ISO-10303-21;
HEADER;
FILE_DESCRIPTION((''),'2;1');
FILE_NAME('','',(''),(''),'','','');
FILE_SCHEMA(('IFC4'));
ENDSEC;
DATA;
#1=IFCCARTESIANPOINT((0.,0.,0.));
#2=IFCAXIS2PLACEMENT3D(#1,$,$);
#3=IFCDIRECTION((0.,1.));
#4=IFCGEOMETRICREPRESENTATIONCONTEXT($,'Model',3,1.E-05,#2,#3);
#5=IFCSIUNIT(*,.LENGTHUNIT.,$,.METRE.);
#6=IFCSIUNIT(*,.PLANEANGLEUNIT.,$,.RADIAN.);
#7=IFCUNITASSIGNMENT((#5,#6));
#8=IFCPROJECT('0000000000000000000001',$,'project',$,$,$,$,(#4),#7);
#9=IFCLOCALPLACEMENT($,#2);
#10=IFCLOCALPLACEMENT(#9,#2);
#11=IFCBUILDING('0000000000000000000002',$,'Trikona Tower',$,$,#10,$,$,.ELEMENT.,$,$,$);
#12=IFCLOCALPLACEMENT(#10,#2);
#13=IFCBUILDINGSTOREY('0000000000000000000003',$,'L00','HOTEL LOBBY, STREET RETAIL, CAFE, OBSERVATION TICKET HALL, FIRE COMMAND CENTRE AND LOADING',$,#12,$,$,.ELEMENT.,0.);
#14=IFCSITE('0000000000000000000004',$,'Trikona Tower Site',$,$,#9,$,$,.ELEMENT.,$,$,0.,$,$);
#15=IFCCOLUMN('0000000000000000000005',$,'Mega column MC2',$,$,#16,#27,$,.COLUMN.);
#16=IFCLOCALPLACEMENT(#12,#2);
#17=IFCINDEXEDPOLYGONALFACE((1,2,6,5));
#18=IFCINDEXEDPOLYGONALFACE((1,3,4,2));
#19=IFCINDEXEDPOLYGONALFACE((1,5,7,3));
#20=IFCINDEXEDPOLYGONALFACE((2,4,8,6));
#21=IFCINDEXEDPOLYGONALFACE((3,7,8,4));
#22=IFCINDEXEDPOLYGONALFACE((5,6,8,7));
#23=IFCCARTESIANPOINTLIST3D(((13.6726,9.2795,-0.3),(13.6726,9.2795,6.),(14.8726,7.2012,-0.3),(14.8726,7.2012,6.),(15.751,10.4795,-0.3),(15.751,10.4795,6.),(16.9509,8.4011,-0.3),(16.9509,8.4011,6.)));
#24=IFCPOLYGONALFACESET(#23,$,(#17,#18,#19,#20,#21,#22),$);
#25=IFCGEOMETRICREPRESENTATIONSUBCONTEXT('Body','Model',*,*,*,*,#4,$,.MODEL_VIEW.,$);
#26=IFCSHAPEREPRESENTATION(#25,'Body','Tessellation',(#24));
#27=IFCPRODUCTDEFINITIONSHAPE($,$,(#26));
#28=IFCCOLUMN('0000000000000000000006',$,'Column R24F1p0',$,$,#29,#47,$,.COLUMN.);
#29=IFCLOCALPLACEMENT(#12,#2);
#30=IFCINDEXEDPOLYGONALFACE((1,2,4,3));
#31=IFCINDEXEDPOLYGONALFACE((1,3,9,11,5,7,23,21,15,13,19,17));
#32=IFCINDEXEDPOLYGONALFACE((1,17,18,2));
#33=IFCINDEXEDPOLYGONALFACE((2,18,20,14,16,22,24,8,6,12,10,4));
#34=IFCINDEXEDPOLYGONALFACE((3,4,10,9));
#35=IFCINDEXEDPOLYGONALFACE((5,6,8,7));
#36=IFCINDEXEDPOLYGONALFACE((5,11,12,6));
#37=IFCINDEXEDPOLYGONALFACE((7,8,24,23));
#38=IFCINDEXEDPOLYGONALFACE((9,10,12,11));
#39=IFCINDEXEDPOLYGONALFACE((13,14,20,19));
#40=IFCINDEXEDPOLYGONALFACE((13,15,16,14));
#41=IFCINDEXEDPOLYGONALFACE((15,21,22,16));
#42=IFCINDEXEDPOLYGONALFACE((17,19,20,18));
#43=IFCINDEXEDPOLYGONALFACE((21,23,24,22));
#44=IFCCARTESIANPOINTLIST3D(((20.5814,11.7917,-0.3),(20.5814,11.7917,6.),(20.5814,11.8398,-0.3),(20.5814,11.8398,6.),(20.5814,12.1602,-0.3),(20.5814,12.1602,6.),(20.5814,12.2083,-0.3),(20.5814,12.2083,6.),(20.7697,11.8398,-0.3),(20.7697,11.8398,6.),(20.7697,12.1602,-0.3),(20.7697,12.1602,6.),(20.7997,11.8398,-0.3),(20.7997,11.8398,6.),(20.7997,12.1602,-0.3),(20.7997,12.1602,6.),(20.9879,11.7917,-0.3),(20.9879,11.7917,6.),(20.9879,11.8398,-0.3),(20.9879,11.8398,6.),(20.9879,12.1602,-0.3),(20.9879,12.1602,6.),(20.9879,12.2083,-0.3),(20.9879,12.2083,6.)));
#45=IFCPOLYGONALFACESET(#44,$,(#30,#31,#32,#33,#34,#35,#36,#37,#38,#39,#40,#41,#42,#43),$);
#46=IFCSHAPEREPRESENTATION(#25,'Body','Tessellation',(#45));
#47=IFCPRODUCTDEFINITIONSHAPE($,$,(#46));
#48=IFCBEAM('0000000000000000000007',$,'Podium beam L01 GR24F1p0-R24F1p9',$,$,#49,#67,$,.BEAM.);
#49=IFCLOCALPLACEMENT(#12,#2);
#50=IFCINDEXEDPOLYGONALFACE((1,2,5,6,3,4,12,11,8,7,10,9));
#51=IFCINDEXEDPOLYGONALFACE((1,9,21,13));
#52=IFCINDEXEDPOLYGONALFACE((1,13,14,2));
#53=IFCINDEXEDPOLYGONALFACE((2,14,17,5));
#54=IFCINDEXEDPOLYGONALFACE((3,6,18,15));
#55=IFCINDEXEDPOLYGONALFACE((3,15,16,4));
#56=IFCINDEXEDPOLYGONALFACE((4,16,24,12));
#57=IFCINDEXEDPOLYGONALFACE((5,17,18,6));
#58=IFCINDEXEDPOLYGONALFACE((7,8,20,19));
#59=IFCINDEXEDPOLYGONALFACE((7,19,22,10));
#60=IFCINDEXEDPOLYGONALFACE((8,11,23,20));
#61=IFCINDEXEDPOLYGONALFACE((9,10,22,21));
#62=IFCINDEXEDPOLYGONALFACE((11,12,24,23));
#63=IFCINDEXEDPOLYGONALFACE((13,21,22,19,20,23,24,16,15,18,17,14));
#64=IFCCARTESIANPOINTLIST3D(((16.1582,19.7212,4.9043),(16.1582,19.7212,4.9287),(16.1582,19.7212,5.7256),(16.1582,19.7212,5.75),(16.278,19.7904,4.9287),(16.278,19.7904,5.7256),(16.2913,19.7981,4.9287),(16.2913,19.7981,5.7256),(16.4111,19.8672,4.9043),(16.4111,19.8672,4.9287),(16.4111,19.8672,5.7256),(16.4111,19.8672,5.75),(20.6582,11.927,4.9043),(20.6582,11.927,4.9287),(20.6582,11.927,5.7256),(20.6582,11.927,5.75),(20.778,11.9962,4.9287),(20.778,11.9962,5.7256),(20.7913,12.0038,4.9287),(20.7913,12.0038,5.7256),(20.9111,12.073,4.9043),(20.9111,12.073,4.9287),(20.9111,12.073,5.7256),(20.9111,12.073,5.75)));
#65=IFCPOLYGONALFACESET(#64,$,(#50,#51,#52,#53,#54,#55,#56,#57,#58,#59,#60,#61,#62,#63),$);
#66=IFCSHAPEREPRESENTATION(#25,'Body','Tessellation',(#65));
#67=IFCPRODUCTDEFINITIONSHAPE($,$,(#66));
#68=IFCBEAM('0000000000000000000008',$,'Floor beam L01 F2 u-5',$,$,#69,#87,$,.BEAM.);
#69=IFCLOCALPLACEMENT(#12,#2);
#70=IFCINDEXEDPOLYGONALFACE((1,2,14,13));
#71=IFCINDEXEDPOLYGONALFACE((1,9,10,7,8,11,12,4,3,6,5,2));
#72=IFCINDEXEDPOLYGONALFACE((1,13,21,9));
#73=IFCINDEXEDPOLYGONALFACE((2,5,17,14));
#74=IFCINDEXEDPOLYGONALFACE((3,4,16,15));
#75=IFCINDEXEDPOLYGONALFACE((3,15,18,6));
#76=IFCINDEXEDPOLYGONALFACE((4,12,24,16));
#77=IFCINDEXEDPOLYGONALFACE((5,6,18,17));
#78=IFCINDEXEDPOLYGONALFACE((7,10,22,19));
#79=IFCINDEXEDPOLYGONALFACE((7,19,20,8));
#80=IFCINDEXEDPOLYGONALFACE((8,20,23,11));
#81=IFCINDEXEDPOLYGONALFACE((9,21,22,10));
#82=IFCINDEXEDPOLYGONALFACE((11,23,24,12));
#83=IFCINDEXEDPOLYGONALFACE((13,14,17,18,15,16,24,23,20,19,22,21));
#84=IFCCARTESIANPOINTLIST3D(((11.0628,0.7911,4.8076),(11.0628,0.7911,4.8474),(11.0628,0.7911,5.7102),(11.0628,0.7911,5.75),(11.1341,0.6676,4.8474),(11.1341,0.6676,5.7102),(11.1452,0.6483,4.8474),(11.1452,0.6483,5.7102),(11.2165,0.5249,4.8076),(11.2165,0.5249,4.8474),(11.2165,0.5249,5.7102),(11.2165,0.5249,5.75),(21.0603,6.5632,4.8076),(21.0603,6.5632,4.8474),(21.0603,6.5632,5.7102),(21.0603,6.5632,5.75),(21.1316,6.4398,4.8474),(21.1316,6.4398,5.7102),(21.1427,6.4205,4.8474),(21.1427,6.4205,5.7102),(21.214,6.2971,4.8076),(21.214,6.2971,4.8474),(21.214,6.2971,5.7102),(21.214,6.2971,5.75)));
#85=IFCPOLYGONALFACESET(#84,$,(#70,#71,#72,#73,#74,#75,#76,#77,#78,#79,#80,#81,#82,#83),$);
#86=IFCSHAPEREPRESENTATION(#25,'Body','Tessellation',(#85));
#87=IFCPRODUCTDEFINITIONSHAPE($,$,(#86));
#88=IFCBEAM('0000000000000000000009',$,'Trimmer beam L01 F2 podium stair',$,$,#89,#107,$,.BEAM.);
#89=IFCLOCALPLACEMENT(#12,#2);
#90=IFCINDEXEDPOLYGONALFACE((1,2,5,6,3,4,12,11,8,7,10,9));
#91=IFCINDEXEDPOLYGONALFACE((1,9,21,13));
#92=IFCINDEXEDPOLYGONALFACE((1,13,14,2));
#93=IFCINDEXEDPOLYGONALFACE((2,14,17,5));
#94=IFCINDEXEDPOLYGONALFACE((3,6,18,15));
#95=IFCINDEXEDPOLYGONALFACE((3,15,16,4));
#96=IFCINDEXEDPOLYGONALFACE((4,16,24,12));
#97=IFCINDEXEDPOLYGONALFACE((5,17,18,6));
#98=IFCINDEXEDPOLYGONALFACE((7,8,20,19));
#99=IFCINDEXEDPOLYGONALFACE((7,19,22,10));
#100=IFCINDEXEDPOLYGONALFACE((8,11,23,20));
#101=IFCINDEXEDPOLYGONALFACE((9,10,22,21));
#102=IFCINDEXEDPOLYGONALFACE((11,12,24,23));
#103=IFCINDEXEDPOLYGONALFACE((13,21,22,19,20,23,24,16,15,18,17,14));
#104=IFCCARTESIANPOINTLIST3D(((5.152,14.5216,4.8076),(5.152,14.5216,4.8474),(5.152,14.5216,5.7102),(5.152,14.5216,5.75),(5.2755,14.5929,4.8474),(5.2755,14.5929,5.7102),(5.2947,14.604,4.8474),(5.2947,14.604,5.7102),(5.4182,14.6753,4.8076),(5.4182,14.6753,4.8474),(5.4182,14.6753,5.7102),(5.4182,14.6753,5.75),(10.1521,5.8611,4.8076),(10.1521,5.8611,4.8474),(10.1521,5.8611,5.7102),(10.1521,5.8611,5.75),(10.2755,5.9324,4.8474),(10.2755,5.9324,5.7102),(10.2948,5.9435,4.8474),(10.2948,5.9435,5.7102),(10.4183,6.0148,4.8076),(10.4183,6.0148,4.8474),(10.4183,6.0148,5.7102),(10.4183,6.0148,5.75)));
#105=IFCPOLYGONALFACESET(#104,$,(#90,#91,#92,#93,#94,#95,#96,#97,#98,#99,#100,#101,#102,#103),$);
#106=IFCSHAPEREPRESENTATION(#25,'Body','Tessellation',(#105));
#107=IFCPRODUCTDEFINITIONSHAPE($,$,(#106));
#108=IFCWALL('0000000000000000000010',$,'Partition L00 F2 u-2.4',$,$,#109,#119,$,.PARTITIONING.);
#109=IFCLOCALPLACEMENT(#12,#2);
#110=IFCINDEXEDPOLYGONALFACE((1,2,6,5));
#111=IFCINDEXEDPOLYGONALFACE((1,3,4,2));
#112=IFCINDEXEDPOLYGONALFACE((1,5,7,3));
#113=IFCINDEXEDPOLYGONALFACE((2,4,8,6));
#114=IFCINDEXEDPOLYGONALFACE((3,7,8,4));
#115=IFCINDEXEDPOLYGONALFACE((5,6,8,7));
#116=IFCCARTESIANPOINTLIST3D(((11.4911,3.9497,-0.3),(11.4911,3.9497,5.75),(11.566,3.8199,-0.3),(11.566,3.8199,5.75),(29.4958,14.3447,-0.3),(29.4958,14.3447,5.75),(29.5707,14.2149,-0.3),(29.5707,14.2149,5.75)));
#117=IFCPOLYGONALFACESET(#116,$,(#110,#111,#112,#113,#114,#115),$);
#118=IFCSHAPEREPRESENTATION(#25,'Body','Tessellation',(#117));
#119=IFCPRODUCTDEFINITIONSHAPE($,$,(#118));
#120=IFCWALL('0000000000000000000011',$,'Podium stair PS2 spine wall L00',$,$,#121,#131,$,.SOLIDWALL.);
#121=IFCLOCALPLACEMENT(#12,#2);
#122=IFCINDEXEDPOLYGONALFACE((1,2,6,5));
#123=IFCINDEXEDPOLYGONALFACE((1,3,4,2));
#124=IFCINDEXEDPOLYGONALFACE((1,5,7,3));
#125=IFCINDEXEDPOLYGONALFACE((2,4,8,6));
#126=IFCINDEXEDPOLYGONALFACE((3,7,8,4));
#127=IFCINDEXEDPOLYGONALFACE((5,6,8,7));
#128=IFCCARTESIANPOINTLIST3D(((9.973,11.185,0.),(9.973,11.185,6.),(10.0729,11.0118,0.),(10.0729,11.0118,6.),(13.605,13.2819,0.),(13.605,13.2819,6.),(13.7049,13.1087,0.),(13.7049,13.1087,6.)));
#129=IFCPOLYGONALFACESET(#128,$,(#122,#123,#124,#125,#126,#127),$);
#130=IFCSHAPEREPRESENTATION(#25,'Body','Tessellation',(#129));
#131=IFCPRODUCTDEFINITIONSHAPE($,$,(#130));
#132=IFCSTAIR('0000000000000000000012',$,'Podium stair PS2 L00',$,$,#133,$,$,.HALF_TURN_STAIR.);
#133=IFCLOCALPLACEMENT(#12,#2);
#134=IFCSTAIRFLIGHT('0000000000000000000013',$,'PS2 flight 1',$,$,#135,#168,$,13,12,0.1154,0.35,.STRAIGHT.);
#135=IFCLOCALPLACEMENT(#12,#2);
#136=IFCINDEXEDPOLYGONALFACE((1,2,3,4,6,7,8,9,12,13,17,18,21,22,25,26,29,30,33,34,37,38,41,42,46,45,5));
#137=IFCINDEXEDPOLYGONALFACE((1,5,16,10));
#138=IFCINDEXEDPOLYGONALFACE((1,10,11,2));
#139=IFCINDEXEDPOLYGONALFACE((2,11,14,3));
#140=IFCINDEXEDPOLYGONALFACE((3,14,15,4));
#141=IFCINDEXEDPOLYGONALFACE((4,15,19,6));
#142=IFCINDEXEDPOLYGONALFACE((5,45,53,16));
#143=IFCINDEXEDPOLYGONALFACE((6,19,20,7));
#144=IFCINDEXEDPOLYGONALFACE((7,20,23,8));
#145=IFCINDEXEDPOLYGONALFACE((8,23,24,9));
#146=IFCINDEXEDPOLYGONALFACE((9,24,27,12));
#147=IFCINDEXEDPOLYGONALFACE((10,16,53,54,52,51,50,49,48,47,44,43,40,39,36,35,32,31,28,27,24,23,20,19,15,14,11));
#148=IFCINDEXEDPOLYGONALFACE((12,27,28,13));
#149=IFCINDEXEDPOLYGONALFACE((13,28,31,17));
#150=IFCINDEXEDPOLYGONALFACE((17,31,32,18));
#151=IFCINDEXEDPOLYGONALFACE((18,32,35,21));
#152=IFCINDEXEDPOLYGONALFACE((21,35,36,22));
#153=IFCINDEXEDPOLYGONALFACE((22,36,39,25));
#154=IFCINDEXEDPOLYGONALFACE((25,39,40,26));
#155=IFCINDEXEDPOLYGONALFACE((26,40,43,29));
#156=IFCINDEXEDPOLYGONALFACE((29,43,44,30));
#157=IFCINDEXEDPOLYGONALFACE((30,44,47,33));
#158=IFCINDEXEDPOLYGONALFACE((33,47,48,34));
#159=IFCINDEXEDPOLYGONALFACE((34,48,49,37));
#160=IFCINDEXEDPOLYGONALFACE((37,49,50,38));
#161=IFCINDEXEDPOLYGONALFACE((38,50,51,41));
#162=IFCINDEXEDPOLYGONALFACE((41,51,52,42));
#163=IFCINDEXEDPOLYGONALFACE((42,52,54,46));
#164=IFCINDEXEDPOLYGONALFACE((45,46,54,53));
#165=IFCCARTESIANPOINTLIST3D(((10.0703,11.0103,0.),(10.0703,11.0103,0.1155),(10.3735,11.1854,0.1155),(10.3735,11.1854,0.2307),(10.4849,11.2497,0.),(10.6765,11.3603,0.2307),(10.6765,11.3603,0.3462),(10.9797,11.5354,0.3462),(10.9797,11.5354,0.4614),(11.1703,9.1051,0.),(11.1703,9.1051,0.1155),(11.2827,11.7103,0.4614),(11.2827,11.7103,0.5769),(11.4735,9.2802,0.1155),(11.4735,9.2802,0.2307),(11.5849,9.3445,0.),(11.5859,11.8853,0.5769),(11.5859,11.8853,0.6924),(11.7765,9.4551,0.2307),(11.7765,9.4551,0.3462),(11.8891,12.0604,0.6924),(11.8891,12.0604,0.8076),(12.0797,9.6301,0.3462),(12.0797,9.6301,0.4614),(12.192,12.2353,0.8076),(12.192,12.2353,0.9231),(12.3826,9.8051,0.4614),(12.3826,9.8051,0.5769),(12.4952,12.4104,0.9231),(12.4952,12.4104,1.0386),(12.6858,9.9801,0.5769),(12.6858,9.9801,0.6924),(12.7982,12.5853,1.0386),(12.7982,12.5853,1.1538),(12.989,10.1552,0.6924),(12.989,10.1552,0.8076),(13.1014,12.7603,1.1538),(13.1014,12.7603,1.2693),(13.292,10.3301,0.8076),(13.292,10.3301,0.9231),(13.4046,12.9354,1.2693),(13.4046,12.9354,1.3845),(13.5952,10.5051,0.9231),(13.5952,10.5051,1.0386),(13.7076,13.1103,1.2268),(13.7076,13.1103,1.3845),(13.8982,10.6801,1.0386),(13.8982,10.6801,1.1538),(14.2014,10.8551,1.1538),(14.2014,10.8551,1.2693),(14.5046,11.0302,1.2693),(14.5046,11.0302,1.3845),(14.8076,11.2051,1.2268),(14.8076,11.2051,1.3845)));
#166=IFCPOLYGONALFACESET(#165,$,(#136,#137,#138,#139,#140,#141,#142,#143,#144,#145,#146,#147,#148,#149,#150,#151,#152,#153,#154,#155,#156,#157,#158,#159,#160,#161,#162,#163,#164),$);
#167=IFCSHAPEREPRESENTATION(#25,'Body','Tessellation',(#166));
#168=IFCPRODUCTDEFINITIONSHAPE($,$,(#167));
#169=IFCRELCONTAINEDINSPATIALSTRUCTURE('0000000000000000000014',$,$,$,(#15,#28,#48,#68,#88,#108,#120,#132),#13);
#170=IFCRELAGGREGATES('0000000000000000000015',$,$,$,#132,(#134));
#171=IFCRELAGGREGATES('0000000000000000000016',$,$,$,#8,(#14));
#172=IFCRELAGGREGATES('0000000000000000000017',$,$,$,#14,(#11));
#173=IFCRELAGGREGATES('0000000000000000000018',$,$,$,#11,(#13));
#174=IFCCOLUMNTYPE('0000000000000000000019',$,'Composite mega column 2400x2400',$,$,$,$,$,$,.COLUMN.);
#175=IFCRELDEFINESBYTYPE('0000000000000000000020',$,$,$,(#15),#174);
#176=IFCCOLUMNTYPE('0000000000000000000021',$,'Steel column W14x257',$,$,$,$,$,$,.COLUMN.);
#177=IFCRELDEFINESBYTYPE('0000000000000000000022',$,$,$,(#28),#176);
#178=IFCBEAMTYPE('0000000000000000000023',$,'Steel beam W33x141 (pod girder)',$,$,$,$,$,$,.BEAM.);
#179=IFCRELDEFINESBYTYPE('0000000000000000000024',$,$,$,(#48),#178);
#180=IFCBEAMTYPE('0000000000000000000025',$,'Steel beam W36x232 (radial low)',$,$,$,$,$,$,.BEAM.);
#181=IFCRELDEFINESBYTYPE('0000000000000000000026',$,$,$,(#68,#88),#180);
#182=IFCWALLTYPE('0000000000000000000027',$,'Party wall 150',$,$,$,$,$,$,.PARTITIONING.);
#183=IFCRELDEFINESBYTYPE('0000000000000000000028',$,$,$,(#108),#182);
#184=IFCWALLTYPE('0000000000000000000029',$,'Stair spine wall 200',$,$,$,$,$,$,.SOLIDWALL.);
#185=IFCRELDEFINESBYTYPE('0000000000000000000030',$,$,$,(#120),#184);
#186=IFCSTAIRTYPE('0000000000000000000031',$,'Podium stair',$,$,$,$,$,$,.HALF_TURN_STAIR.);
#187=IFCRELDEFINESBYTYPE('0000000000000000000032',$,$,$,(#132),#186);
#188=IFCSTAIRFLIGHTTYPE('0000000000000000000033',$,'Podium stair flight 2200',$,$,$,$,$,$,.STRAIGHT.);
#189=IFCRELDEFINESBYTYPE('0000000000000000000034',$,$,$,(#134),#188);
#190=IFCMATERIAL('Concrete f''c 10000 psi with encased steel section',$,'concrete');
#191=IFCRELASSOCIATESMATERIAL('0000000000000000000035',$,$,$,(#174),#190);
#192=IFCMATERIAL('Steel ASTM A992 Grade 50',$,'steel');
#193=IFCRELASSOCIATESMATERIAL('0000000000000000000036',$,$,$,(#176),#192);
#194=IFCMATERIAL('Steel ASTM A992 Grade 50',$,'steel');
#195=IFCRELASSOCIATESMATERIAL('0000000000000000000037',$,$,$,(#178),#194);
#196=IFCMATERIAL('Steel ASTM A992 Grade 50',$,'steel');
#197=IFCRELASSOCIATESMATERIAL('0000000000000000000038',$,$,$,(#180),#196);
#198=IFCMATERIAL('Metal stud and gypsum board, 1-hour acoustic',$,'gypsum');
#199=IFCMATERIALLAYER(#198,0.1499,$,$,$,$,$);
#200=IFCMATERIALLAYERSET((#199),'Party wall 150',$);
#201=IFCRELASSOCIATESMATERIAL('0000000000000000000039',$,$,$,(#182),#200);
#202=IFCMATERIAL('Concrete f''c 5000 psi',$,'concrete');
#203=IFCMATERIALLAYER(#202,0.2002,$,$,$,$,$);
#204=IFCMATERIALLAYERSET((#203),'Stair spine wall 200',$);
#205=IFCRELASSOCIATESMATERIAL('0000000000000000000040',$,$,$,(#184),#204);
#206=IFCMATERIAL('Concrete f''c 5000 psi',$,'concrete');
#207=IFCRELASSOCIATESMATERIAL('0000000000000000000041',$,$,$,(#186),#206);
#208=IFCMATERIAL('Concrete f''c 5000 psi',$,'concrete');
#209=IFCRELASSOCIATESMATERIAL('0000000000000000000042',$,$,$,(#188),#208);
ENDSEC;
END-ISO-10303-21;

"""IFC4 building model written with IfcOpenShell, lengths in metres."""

from ifc_helpers import new_model, si_unit, direction, frame, frame_2d, origin, origin_2d, place, context, subcontext, project, spatial, polyline, rectangle, i_section, outline, extrude, material, layer, layer_set, material_profile, profile_set, type_object, element, aggregate, save


model = new_model("IFC4")

# Units and contexts
model_context = context("Model", 3, precision=1e-05, world=origin(), true_north=direction((0.0, 1.0)))
body_context = subcontext(model_context, "Body", "Model", "MODEL_VIEW")
ifc_project = project(units=[si_unit("LENGTHUNIT", "METRE"), si_unit("PLANEANGLEUNIT", "RADIAN")], contexts=[model_context])

# Site, building, storey
site_placement = place(None, origin())
site = spatial("IfcSite", under=ifc_project, at=site_placement, Name="Trikona Tower Site", CompositionType="ELEMENT", RefElevation=0.0)
building_placement = place(site_placement, origin())
building = spatial("IfcBuilding", under=site, at=building_placement, Name="Trikona Tower", CompositionType="ELEMENT")
storey_placement = place(building_placement, origin())
storey = spatial("IfcBuildingStorey", under=building, at=storey_placement, Name="L00", Description="HOTEL LOBBY, STREET RETAIL, CAFE, OBSERVATION TICKET HALL, FIRE COMMAND CENTRE AND LOADING", CompositionType="ELEMENT", Elevation=0.0)

# Columns
ifc_material_1 = material(Name="Concrete f'c 10000 psi with encased steel section", Category="concrete")
ifc_material_profile_1 = material_profile(ifc_material_1, rectangle(XDim=2.3999, YDim=2.3999, at=origin_2d()), Name="MC2400")
ifc_profile_set_1 = profile_set([ifc_material_profile_1], Name="Concrete f'c 10000 psi with encased steel section")
column_type_1 = type_object("IfcColumnType", Name="Composite mega column 2400x2400", PredefinedType="COLUMN", material=ifc_profile_set_1)
column_1_placement = place(storey_placement, frame((15.3118, 8.8403, -0.3), z_axis=(0.0, 0.0, 1.0), x_axis=(0.866025, 0.5, 0.0)))
element("IfcColumn", 1, at=column_1_placement, inside=storey, type_object=column_type_1, Name="Mega column MC2", PredefinedType="COLUMN", context=body_context, shape_type="SweptSolid", body=[
    extrude(rectangle(XDim=2.3999, YDim=2.3999, at=origin_2d()), origin(), (0.0, 0.0, 1.0), 6.3),
])
ifc_material_2 = material(Name="Steel ASTM A992 Grade 50", Category="steel")
ifc_material_profile_2 = material_profile(ifc_material_2, i_section(OverallWidth=0.4065, OverallDepth=0.4165, WebThickness=0.03, FlangeThickness=0.0481, at=origin_2d()), Name="W14X257")
ifc_profile_set_2 = profile_set([ifc_material_profile_2], Name="Steel ASTM A992 Grade 50")
column_type_2 = type_object("IfcColumnType", Name="Steel column W14x257", PredefinedType="COLUMN", material=ifc_profile_set_2)
column_2_placement = place(storey_placement, frame((20.7847, 12.0, -0.3), z_axis=(0.0, 0.0, 1.0), x_axis=(1.0, 0.0, 0.0)))
element("IfcColumn", 2, at=column_2_placement, inside=storey, type_object=column_type_2, Name="Column R24F1p0", PredefinedType="COLUMN", context=body_context, shape_type="SweptSolid", body=[
    extrude(i_section(OverallWidth=0.4065, OverallDepth=0.4165, WebThickness=0.03, FlangeThickness=0.0481, at=origin_2d()), origin(), (0.0, 0.0, 1.0), 6.3),
])

# Beams
ifc_material_3 = material(Name="Steel ASTM A992 Grade 50", Category="steel")
ifc_material_profile_3 = material_profile(ifc_material_3, i_section(OverallWidth=0.292, OverallDepth=0.8457, WebThickness=0.0154, FlangeThickness=0.0244, at=origin_2d()), Name="W33X141")
ifc_profile_set_3 = profile_set([ifc_material_profile_3], Name="Steel ASTM A992 Grade 50")
beam_type_1 = type_object("IfcBeamType", Name="Steel beam W33x141 (pod girder)", PredefinedType="BEAM", material=ifc_profile_set_3)
beam_1_placement = place(storey_placement, frame((20.7847, 12.0, 5.3271), z_axis=(-0.500002, 0.866024, 0.0), x_axis=(-0.866024, -0.500002, 0.0)))
element("IfcBeam", 3, at=beam_1_placement, inside=storey, type_object=beam_type_1, Name="Podium beam L01 GR24F1p0-R24F1p9", PredefinedType="BEAM", context=body_context, shape_type="SweptSolid", body=[
    extrude(i_section(OverallWidth=0.292, OverallDepth=0.8457, WebThickness=0.0154, FlangeThickness=0.0244, at=origin_2d()), origin(), (0.0, 0.0, 1.0), 9.0),
])
ifc_material_4 = material(Name="Steel ASTM A992 Grade 50", Category="steel")
ifc_material_profile_4 = material_profile(ifc_material_4, i_section(OverallWidth=0.3074, OverallDepth=0.9424, WebThickness=0.0222, FlangeThickness=0.0398, at=origin_2d()), Name="W36X232")
ifc_profile_set_4 = profile_set([ifc_material_profile_4], Name="Steel ASTM A992 Grade 50")
beam_type_2 = type_object("IfcBeamType", Name="Steel beam W36x232 (radial low)", PredefinedType="BEAM", material=ifc_profile_set_4)
beam_2_placement = place(storey_placement, frame((11.1396, 0.658, 5.2788), z_axis=(0.866021, 0.500008, 0.0), x_axis=(-0.500008, 0.866021, 0.0)))
element("IfcBeam", 4, at=beam_2_placement, inside=storey, type_object=beam_type_2, Name="Floor beam L01 F2 u-5", PredefinedType="BEAM", context=body_context, shape_type="SweptSolid", body=[
    extrude(i_section(OverallWidth=0.3074, OverallDepth=0.9424, WebThickness=0.0222, FlangeThickness=0.0398, at=origin_2d()), origin(), (0.0, 0.0, 1.0), 11.5442),
])
beam_3_placement = place(storey_placement, frame((10.2852, 5.938, 5.2788), z_axis=(-0.499994, 0.866029, 0.0), x_axis=(-0.866029, -0.499994, 0.0)))
element("IfcBeam", 5, at=beam_3_placement, inside=storey, type_object=beam_type_2, Name="Trimmer beam L01 F2 podium stair", PredefinedType="BEAM", context=body_context, shape_type="SweptSolid", body=[
    extrude(i_section(OverallWidth=0.3074, OverallDepth=0.9424, WebThickness=0.0222, FlangeThickness=0.0398, at=origin_2d()), origin(), (0.0, 0.0, 1.0), 10.0002),
])

# Walls
ifc_material_5 = material(Name="Metal stud and gypsum board, 1-hour acoustic", Category="gypsum")
ifc_layer_1 = layer(ifc_material_5, 0.1499)
ifc_layer_set_1 = layer_set([ifc_layer_1], Name="Party wall 150")
wall_type_1 = type_object("IfcWallType", Name="Party wall 150", PredefinedType="PARTITIONING", material=ifc_layer_set_1)
wall_1_placement = place(storey_placement, frame((11.5286, 3.8848, -0.3), z_axis=(0.0, 0.0, 1.0), x_axis=(0.866025, 0.500001, 0.0)))
element("IfcWall", 6, at=wall_1_placement, inside=storey, type_object=wall_type_1, Name="Partition L00 F2 u-2.4", PredefinedType="PARTITIONING", context=body_context, shape_type="SweptSolid", body=[
    extrude(rectangle(XDim=20.79, YDim=0.1499, at=frame_2d((10.395, 0.0))), origin(), (0.0, 0.0, 1.0), 6.05),
])
ifc_material_6 = material(Name="Concrete f'c 5000 psi", Category="concrete")
ifc_layer_2 = layer(ifc_material_6, 0.2002)
ifc_layer_set_2 = layer_set([ifc_layer_2], Name="Stair spine wall 200")
wall_type_2 = type_object("IfcWallType", Name="Stair spine wall 200", PredefinedType="SOLIDWALL", material=ifc_layer_set_2)
wall_2_placement = place(storey_placement, frame((10.0229, 11.0984, 0.0), z_axis=(0.0, 0.0, 1.0), x_axis=(0.866031, 0.49999, 0.0)))
element("IfcWall", 7, at=wall_2_placement, inside=storey, type_object=wall_type_2, Name="Podium stair PS2 spine wall L00", PredefinedType="SOLIDWALL", context=body_context, shape_type="SweptSolid", body=[
    extrude(rectangle(XDim=4.1938, YDim=0.2, at=frame_2d((2.0969, 0.0))), origin(), (0.0, 0.0, 1.0), 6.0),
])

# Stair, stair flight
ifc_material_7 = material(Name="Concrete f'c 5000 psi", Category="concrete")
stair_type = type_object("IfcStairType", Name="Podium stair", PredefinedType="HALF_TURN_STAIR", material=ifc_material_7)
stair_placement = place(storey_placement, origin())
stair = element("IfcStair", 8, at=stair_placement, inside=storey, type_object=stair_type, Name="Podium stair PS2 L00", PredefinedType="HALF_TURN_STAIR")
ifc_material_8 = material(Name="Concrete f'c 5000 psi", Category="concrete")
stair_flight_type = type_object("IfcStairFlightType", Name="Podium stair flight 2200", PredefinedType="STRAIGHT", material=ifc_material_8)
stair_flight_1_placement = place(storey_placement, frame((10.6204, 10.0576, 0.0), z_axis=(0.0, 0.0, 1.0), x_axis=(0.866025, 0.5, 0.0)))
stair_flight_1 = element("IfcStairFlight", 9, at=stair_flight_1_placement, type_object=stair_flight_type, Name="PS2 flight 1", NumberOfRisers=13, NumberOfTreads=12, PredefinedType="STRAIGHT", RiserHeight=0.1154, TreadLength=0.35, context=body_context, shape_type="SweptSolid", body=[
    extrude(outline(polyline([(0.0, 0.0), (0.0, 0.1155), (0.3501, 0.1155), (0.3501, 0.2307), (0.7, 0.2307), (0.7, 0.3462), (1.05, 0.3462), (1.05, 0.4614), (1.3999, 0.4614), (1.3999, 0.5769), (1.75, 0.5769), (1.75, 0.6924), (2.1001, 0.6924), (2.1001, 0.8076), (2.45, 0.8076), (2.45, 0.9231), (2.8, 0.9231), (2.8, 1.0386), (3.1499, 1.0386), (3.1499, 1.1538), (3.5, 1.1538), (3.5, 1.2693), (3.8501, 1.2693), (3.8501, 1.3845), (4.2, 1.3845), (4.2, 1.5), (4.2, 1.2268), (0.4788, 0.0), (0.0, 0.0)])), frame((0.0, 1.1001, 0.0), z_axis=(0.0, -1.0, 0.0), x_axis=(1.0, 0.0, 0.0)), (0.0, 0.0, 1.0), 2.2),
])
aggregate(stair, [stair_flight_1])

save(model, "model.ifc")
